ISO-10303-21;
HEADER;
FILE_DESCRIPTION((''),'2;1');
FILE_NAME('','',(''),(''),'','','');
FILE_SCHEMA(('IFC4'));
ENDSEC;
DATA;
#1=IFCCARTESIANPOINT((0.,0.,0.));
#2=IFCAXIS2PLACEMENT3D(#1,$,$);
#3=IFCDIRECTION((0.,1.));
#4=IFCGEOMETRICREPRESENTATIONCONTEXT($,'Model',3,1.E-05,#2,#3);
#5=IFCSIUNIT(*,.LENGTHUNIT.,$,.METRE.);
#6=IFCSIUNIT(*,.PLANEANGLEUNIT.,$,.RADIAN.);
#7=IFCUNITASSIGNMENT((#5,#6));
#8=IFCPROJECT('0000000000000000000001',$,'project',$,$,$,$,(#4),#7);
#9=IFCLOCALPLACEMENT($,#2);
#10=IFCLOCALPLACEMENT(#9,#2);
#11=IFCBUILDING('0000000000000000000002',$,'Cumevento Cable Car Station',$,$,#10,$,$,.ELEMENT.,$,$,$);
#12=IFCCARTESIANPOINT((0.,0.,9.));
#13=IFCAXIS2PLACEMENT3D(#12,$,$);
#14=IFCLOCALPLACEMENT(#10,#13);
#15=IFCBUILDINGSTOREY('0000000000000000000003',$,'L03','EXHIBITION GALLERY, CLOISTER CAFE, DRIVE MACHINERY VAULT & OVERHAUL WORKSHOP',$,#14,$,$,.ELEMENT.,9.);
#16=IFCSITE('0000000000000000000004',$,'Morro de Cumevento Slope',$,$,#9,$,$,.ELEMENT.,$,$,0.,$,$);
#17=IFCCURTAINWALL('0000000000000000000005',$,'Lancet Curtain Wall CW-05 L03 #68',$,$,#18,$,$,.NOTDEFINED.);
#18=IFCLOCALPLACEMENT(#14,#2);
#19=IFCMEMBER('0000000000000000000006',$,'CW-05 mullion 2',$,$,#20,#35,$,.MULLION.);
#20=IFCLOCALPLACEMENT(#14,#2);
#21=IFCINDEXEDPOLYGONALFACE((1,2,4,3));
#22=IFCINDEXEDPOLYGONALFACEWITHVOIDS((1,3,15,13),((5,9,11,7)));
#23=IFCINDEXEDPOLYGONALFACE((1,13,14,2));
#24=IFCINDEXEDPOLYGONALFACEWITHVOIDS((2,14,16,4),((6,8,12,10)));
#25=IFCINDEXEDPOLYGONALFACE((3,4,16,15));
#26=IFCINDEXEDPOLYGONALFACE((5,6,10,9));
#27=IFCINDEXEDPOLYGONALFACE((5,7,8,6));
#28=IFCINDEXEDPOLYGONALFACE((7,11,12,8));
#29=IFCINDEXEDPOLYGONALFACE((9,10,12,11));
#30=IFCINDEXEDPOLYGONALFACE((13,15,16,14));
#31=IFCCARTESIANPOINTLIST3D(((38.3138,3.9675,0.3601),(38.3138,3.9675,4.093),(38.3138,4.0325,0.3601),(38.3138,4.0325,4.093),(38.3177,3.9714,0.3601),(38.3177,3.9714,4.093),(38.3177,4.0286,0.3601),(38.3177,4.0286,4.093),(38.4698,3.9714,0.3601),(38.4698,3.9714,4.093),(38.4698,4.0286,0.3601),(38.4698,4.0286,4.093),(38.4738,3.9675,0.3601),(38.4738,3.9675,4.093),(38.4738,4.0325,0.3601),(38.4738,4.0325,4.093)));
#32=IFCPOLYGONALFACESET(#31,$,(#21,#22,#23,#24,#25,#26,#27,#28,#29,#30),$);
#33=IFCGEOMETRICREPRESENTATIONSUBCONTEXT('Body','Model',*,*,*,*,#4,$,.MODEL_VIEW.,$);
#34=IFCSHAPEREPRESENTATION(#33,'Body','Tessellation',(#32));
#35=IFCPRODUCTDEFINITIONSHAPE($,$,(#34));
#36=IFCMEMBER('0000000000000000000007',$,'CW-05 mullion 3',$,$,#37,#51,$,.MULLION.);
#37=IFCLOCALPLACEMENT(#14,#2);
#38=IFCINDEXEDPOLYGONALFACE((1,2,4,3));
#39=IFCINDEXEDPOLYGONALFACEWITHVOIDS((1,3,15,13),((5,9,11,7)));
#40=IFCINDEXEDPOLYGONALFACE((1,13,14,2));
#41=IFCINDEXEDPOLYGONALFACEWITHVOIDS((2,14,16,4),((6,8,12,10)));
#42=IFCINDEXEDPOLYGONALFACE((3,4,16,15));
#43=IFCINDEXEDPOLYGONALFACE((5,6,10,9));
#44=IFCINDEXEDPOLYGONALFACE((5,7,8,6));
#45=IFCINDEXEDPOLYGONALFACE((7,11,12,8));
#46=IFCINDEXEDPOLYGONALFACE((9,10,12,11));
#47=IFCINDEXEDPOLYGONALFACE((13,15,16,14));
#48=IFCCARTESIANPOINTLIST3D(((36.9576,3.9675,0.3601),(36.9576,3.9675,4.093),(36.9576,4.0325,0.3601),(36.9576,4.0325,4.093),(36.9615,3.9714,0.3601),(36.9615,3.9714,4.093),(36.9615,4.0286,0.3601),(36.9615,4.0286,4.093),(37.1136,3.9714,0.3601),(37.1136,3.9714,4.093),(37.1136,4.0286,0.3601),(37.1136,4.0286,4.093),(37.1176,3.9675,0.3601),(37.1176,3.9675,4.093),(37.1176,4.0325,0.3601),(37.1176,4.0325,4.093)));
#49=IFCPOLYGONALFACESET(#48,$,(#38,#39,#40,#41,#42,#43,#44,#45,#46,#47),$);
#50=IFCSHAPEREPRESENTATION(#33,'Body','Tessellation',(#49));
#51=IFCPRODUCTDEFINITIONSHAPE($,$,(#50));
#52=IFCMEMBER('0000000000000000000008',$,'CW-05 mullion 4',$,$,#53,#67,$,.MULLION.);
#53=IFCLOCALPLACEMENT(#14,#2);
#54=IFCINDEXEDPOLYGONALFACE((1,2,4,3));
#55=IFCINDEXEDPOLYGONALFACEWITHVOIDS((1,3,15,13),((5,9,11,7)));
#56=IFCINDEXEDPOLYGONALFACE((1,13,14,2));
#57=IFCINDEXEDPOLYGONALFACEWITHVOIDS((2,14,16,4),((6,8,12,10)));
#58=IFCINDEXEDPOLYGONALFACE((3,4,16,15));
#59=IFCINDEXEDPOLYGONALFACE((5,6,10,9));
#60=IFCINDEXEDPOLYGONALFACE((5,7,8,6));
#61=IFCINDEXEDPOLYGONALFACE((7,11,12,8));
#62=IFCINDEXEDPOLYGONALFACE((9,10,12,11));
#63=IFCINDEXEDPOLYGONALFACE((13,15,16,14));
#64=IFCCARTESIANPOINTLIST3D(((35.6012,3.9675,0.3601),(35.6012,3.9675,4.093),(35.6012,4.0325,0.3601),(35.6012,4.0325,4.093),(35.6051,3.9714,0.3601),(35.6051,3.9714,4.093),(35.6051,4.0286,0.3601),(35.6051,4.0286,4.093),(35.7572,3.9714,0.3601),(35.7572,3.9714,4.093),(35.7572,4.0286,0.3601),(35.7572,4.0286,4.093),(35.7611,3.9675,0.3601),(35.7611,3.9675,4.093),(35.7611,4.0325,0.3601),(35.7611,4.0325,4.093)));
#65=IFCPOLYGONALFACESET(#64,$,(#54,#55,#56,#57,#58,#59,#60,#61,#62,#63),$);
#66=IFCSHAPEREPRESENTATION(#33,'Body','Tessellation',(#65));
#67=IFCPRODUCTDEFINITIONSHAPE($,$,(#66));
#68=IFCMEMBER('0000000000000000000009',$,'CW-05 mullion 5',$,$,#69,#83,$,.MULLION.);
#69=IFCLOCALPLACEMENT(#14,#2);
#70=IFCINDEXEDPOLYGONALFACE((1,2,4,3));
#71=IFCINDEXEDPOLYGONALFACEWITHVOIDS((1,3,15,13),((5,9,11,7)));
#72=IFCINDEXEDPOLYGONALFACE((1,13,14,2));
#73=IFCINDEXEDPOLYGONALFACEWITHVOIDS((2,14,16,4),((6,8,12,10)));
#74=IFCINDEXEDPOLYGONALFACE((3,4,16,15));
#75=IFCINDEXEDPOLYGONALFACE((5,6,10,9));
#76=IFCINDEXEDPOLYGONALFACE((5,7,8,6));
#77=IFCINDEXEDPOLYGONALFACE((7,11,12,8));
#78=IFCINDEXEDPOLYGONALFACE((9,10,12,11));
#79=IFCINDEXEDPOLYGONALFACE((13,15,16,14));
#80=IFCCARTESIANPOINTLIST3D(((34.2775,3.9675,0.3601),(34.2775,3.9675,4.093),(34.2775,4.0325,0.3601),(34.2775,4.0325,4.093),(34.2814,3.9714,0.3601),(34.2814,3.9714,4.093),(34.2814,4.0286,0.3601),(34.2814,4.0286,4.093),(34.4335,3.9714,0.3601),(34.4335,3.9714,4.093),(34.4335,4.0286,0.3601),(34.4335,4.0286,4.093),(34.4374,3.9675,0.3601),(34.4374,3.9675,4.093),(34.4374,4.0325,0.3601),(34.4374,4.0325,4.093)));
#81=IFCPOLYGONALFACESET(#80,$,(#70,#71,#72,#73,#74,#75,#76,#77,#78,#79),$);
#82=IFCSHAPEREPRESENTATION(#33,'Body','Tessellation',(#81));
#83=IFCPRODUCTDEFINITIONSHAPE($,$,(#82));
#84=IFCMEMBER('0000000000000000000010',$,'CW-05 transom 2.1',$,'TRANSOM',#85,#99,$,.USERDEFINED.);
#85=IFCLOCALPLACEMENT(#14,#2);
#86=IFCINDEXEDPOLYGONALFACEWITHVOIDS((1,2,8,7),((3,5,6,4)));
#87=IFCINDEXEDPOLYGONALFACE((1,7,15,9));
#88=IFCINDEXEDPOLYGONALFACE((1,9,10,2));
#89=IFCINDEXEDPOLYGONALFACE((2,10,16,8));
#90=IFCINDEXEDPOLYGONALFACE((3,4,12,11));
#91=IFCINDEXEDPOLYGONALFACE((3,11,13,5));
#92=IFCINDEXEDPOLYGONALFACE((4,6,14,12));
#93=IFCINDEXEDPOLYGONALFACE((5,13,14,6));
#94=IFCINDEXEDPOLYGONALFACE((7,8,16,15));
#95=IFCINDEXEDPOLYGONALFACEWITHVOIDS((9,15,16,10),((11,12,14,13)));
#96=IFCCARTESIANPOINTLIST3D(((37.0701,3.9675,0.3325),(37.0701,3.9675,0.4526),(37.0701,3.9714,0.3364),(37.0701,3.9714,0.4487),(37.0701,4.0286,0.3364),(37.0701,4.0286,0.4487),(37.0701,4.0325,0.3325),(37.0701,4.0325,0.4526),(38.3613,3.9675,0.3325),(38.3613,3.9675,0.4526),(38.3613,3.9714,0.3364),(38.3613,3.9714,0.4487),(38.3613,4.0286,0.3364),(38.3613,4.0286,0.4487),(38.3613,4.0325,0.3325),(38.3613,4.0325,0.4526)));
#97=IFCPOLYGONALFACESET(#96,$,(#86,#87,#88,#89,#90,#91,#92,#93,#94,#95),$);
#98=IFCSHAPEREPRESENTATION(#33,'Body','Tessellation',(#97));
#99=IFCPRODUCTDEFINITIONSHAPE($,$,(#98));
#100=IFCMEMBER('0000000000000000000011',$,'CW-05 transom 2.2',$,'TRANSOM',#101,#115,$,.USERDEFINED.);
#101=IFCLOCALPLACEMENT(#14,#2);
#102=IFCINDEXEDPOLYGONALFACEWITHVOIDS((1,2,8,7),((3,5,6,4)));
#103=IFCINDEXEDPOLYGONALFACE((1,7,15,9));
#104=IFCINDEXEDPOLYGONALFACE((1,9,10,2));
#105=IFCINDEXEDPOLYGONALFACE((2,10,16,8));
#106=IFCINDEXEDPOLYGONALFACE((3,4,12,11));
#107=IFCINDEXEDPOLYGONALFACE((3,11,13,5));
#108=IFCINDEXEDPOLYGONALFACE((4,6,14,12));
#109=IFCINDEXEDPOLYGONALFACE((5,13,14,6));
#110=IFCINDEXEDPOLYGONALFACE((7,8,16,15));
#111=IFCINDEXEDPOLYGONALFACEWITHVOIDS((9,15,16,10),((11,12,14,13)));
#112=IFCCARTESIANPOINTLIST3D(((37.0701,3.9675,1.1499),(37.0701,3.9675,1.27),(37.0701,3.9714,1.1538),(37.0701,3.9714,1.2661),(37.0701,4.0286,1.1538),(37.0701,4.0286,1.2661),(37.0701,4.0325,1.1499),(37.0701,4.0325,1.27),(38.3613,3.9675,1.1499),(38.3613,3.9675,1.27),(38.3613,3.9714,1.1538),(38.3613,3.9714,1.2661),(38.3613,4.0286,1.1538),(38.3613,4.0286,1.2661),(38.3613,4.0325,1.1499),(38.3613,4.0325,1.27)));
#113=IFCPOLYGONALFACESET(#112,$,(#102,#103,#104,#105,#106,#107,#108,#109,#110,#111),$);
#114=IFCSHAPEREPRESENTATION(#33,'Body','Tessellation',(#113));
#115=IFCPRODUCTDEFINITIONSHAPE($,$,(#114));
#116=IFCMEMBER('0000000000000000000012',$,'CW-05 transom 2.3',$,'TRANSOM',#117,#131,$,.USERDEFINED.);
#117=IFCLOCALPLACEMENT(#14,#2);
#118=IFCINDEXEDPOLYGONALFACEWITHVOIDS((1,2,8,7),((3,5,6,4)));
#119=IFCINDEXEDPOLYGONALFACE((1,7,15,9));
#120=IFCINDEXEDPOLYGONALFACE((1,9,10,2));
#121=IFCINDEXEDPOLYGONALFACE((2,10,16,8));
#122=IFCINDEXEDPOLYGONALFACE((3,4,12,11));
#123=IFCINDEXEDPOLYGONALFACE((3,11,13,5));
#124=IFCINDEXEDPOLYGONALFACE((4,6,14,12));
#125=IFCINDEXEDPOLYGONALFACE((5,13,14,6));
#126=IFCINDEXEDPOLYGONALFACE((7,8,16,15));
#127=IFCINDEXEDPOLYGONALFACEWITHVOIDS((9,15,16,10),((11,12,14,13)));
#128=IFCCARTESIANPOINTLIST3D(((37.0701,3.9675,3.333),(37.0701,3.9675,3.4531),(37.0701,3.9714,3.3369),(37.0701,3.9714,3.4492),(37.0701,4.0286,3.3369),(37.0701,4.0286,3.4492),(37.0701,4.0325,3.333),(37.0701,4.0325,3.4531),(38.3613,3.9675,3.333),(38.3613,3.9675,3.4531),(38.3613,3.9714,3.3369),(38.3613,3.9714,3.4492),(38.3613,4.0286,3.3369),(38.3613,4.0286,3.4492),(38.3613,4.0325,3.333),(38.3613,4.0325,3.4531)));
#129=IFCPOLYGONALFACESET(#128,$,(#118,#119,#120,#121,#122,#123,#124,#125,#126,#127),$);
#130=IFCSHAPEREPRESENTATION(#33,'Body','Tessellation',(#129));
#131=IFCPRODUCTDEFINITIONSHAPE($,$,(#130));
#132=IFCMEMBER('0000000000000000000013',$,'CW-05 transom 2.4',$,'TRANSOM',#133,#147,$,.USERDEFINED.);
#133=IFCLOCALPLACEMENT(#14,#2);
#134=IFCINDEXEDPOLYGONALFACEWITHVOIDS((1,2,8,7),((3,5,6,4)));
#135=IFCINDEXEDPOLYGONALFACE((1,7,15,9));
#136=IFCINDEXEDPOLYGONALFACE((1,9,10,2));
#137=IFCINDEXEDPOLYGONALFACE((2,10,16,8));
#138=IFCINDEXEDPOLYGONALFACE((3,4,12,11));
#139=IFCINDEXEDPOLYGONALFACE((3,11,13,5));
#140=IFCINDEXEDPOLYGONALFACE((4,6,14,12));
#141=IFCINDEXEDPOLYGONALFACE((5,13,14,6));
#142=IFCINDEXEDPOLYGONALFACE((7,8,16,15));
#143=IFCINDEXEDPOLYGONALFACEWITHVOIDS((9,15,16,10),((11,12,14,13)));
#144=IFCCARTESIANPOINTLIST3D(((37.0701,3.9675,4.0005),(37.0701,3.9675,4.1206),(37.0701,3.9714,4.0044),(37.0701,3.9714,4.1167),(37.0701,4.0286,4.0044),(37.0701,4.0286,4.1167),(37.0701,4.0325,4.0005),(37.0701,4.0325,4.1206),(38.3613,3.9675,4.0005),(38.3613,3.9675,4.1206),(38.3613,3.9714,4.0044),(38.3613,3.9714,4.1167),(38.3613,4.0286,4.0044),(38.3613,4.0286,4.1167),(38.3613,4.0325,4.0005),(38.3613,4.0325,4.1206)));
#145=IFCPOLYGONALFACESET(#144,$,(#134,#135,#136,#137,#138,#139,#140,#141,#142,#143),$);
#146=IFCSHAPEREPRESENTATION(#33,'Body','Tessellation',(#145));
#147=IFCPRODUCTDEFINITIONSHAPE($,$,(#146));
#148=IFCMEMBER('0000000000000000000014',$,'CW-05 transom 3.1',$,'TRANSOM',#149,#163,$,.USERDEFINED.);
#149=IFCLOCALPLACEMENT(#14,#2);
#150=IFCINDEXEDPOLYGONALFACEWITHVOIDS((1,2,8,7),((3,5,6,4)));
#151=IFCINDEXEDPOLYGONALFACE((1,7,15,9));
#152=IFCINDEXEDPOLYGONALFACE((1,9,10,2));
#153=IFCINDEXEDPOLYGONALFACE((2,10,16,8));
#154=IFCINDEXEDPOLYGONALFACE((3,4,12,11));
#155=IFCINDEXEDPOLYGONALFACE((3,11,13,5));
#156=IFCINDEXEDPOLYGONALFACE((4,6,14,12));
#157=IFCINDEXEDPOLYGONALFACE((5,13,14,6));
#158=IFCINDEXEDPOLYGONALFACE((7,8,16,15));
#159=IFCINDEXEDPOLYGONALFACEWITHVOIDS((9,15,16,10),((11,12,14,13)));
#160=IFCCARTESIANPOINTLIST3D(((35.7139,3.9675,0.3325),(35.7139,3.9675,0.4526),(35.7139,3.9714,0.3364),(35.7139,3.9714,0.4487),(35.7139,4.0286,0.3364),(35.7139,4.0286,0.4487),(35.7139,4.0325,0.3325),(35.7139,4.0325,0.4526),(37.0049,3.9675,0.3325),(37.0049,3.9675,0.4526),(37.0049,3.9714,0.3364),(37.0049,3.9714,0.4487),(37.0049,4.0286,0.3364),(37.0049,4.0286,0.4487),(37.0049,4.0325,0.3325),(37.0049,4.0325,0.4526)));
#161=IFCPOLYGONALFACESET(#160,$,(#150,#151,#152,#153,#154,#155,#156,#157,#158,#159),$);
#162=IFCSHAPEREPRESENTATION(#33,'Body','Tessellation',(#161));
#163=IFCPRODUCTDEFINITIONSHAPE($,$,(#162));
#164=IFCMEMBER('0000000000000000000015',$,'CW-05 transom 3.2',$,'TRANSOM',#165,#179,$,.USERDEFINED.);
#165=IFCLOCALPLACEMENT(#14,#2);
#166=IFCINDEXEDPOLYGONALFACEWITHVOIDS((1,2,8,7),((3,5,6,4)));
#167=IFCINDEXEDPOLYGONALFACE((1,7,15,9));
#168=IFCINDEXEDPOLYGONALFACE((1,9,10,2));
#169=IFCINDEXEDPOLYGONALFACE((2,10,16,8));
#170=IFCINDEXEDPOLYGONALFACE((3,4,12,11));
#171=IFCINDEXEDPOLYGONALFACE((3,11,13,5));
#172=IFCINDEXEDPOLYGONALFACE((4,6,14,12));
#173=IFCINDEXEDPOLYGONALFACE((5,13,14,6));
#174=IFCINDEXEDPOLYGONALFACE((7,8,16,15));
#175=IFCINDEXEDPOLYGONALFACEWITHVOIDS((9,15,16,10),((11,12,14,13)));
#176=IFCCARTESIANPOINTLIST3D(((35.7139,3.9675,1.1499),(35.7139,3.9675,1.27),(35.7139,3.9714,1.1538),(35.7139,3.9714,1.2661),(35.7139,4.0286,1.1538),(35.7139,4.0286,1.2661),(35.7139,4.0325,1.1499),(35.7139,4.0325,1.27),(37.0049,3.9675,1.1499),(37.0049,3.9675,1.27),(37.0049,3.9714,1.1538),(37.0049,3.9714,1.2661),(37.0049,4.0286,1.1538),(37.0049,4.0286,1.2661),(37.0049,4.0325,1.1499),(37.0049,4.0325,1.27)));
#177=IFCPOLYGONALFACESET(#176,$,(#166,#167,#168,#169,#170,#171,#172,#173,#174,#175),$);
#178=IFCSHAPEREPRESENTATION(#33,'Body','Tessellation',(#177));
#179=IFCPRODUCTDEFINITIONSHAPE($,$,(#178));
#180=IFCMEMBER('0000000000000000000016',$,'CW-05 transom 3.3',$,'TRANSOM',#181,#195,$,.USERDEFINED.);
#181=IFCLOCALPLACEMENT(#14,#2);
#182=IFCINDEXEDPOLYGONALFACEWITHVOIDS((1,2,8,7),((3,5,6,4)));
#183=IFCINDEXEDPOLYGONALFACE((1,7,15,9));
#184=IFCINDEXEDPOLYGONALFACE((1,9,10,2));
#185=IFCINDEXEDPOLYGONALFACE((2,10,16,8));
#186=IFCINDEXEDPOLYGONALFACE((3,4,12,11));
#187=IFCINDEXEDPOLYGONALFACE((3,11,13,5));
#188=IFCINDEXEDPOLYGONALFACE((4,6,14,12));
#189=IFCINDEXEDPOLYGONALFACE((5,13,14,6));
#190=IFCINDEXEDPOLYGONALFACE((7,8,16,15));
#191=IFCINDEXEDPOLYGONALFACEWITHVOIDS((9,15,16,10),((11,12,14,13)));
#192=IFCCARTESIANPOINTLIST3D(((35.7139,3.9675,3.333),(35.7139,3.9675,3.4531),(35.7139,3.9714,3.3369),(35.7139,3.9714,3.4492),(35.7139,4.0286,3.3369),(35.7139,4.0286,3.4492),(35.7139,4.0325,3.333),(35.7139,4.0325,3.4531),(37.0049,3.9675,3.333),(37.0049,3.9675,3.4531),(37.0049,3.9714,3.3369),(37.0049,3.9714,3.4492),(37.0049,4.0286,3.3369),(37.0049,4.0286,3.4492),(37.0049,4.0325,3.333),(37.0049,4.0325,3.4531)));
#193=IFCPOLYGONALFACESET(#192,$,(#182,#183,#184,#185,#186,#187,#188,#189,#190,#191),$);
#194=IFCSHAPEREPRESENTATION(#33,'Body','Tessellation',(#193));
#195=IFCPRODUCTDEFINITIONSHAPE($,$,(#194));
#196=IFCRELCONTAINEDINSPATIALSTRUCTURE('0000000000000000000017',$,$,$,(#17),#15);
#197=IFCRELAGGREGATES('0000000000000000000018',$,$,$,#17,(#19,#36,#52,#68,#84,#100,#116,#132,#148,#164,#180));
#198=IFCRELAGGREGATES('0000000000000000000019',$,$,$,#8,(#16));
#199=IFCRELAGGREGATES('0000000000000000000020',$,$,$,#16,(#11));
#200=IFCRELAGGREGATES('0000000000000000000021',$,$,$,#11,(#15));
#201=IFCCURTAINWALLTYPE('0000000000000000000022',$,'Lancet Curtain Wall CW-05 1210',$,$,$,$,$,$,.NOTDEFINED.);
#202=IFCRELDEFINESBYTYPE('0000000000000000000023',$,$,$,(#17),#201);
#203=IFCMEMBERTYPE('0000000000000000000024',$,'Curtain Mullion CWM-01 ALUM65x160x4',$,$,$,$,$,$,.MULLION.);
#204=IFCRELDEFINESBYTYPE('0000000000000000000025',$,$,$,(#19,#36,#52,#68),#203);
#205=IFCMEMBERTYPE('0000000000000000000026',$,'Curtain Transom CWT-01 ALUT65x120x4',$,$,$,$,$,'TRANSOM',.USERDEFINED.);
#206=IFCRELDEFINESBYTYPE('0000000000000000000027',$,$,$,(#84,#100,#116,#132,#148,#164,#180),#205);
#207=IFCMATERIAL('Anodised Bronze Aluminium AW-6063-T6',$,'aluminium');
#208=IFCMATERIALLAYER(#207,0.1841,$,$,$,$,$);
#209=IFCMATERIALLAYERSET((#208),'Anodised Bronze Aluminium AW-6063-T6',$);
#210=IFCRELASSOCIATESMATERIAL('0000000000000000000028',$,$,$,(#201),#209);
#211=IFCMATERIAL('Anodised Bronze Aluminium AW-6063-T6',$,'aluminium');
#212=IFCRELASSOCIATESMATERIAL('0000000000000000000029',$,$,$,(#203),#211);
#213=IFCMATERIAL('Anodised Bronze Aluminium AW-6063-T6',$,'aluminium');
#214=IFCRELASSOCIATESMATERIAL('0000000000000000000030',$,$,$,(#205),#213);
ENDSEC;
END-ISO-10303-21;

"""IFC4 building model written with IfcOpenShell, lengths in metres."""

from ifc_helpers import new_model, si_unit, direction, frame, origin, origin_2d, place, context, subcontext, project, spatial, hollow_rectangle, extrude, material, layer, layer_set, material_profile, profile_set, type_object, element, aggregate, save


model = new_model("IFC4")

# Units and contexts
model_context = context("Model", 3, precision=1e-05, world=origin(), true_north=direction((0.0, 1.0)))
body_context = subcontext(model_context, "Body", "Model", "MODEL_VIEW")
ifc_project = project(units=[si_unit("LENGTHUNIT", "METRE"), si_unit("PLANEANGLEUNIT", "RADIAN")], contexts=[model_context])

# Site, building, storey
site_placement = place(None, origin())
site = spatial("IfcSite", under=ifc_project, at=site_placement, Name="Morro de Cumevento Slope", CompositionType="ELEMENT", RefElevation=0.0)
building_placement = place(site_placement, origin())
building = spatial("IfcBuilding", under=site, at=building_placement, Name="Cumevento Cable Car Station", CompositionType="ELEMENT")
storey_placement = place(building_placement, frame((0.0, 0.0, 9.0)))
storey = spatial("IfcBuildingStorey", under=building, at=storey_placement, Name="L03", Description="EXHIBITION GALLERY, CLOISTER CAFE, DRIVE MACHINERY VAULT & OVERHAUL WORKSHOP", CompositionType="ELEMENT", Elevation=9.0)

# Curtain wall, members
ifc_material_1 = material(Name="Anodised Bronze Aluminium AW-6063-T6", Category="aluminium")
ifc_layer_1 = layer(ifc_material_1, 0.1841)
ifc_layer_set_1 = layer_set([ifc_layer_1], Name="Anodised Bronze Aluminium AW-6063-T6")
curtain_wall_type = type_object("IfcCurtainWallType", Name="Lancet Curtain Wall CW-05 1210", PredefinedType="NOTDEFINED", material=ifc_layer_set_1)
curtain_wall_placement = place(storey_placement, origin())
curtain_wall = element("IfcCurtainWall", 1, at=curtain_wall_placement, inside=storey, type_object=curtain_wall_type, Name="Lancet Curtain Wall CW-05 L03 #68", PredefinedType="NOTDEFINED")
ifc_material_2 = material(Name="Anodised Bronze Aluminium AW-6063-T6", Category="aluminium")
ifc_material_profile_1 = material_profile(ifc_material_2, hollow_rectangle(XDim=0.0649, YDim=0.1599, WallThickness=0.0039, at=origin_2d()), Name="ALUM65x160x4")
ifc_profile_set_1 = profile_set([ifc_material_profile_1], Name="Anodised Bronze Aluminium AW-6063-T6")
member_type_1 = type_object("IfcMemberType", Name="Curtain Mullion CWM-01 ALUM65x160x4", PredefinedType="MULLION", material=ifc_profile_set_1)
member_1_placement = place(storey_placement, frame((38.3938, 4.0, 0.3601), z_axis=(0.0, 0.0, 1.0), x_axis=(0.0, -1.0, 0.0)))
member_1 = element("IfcMember", 2, at=member_1_placement, type_object=member_type_1, Name="CW-05 mullion 2", PredefinedType="MULLION", context=body_context, shape_type="SweptSolid", body=[
    extrude(hollow_rectangle(XDim=0.0649, YDim=0.1599, WallThickness=0.0039, at=origin_2d()), origin(), (0.0, 0.0, 1.0), 3.7329),
])
member_2_placement = place(storey_placement, frame((37.0376, 4.0, 0.3601), z_axis=(0.0, 0.0, 1.0), x_axis=(0.0, -1.0, 0.0)))
member_2 = element("IfcMember", 3, at=member_2_placement, type_object=member_type_1, Name="CW-05 mullion 3", PredefinedType="MULLION", context=body_context, shape_type="SweptSolid", body=[
    extrude(hollow_rectangle(XDim=0.0649, YDim=0.1599, WallThickness=0.0039, at=origin_2d()), origin(), (0.0, 0.0, 1.0), 3.7329),
])
member_3_placement = place(storey_placement, frame((35.6812, 4.0, 0.3601), z_axis=(0.0, 0.0, 1.0), x_axis=(0.0, -1.0, 0.0)))
member_3 = element("IfcMember", 4, at=member_3_placement, type_object=member_type_1, Name="CW-05 mullion 4", PredefinedType="MULLION", context=body_context, shape_type="SweptSolid", body=[
    extrude(hollow_rectangle(XDim=0.0649, YDim=0.1599, WallThickness=0.0039, at=origin_2d()), origin(), (0.0, 0.0, 1.0), 3.7329),
])
member_4_placement = place(storey_placement, frame((34.3574, 4.0, 0.3601), z_axis=(0.0, 0.0, 1.0), x_axis=(0.0, -1.0, 0.0)))
member_4 = element("IfcMember", 5, at=member_4_placement, type_object=member_type_1, Name="CW-05 mullion 5", PredefinedType="MULLION", context=body_context, shape_type="SweptSolid", body=[
    extrude(hollow_rectangle(XDim=0.0649, YDim=0.1599, WallThickness=0.0039, at=origin_2d()), origin(), (0.0, 0.0, 1.0), 3.7329),
])
ifc_material_3 = material(Name="Anodised Bronze Aluminium AW-6063-T6", Category="aluminium")
ifc_material_profile_2 = material_profile(ifc_material_3, hollow_rectangle(XDim=0.0649, YDim=0.1201, WallThickness=0.0039, at=origin_2d()), Name="ALUT65x120x4")
ifc_profile_set_2 = profile_set([ifc_material_profile_2], Name="Anodised Bronze Aluminium AW-6063-T6")
member_type_2 = type_object("IfcMemberType", Name="Curtain Transom CWT-01 ALUT65x120x4", ElementType="TRANSOM", PredefinedType="USERDEFINED", material=ifc_profile_set_2)
member_5_placement = place(storey_placement, frame((38.3613, 4.0, 0.3926), z_axis=(-1.0, 0.0, 0.0), x_axis=(0.0, -1.0, 0.0)))
member_5 = element("IfcMember", 6, at=member_5_placement, type_object=member_type_2, Name="CW-05 transom 2.1", ObjectType="TRANSOM", PredefinedType="USERDEFINED", context=body_context, shape_type="SweptSolid", body=[
    extrude(hollow_rectangle(XDim=0.0649, YDim=0.1201, WallThickness=0.0039, at=origin_2d()), origin(), (0.0, 0.0, 1.0), 1.2913),
])
member_6_placement = place(storey_placement, frame((38.3613, 4.0, 1.21), z_axis=(-1.0, 0.0, 0.0), x_axis=(0.0, -1.0, 0.0)))
member_6 = element("IfcMember", 7, at=member_6_placement, type_object=member_type_2, Name="CW-05 transom 2.2", ObjectType="TRANSOM", PredefinedType="USERDEFINED", context=body_context, shape_type="SweptSolid", body=[
    extrude(hollow_rectangle(XDim=0.0649, YDim=0.1201, WallThickness=0.0039, at=origin_2d()), origin(), (0.0, 0.0, 1.0), 1.2913),
])
member_7_placement = place(storey_placement, frame((38.3613, 4.0, 3.3931), z_axis=(-1.0, 0.0, 0.0), x_axis=(0.0, -1.0, 0.0)))
member_7 = element("IfcMember", 8, at=member_7_placement, type_object=member_type_2, Name="CW-05 transom 2.3", ObjectType="TRANSOM", PredefinedType="USERDEFINED", context=body_context, shape_type="SweptSolid", body=[
    extrude(hollow_rectangle(XDim=0.0649, YDim=0.1201, WallThickness=0.0039, at=origin_2d()), origin(), (0.0, 0.0, 1.0), 1.2913),
])
member_8_placement = place(storey_placement, frame((38.3613, 4.0, 4.0605), z_axis=(-1.0, 0.0, 0.0), x_axis=(0.0, -1.0, 0.0)))
member_8 = element("IfcMember", 9, at=member_8_placement, type_object=member_type_2, Name="CW-05 transom 2.4", ObjectType="TRANSOM", PredefinedType="USERDEFINED", context=body_context, shape_type="SweptSolid", body=[
    extrude(hollow_rectangle(XDim=0.0649, YDim=0.1201, WallThickness=0.0039, at=origin_2d()), origin(), (0.0, 0.0, 1.0), 1.2913),
])
member_9_placement = place(storey_placement, frame((37.0049, 4.0, 0.3926), z_axis=(-1.0, 0.0, 0.0), x_axis=(0.0, -1.0, 0.0)))
member_9 = element("IfcMember", 10, at=member_9_placement, type_object=member_type_2, Name="CW-05 transom 3.1", ObjectType="TRANSOM", PredefinedType="USERDEFINED", context=body_context, shape_type="SweptSolid", body=[
    extrude(hollow_rectangle(XDim=0.0649, YDim=0.1201, WallThickness=0.0039, at=origin_2d()), origin(), (0.0, 0.0, 1.0), 1.291),
])
member_10_placement = place(storey_placement, frame((37.0049, 4.0, 1.21), z_axis=(-1.0, 0.0, 0.0), x_axis=(0.0, -1.0, 0.0)))
member_10 = element("IfcMember", 11, at=member_10_placement, type_object=member_type_2, Name="CW-05 transom 3.2", ObjectType="TRANSOM", PredefinedType="USERDEFINED", context=body_context, shape_type="SweptSolid", body=[
    extrude(hollow_rectangle(XDim=0.0649, YDim=0.1201, WallThickness=0.0039, at=origin_2d()), origin(), (0.0, 0.0, 1.0), 1.291),
])
member_11_placement = place(storey_placement, frame((37.0049, 4.0, 3.3931), z_axis=(-1.0, 0.0, 0.0), x_axis=(0.0, -1.0, 0.0)))
member_11 = element("IfcMember", 12, at=member_11_placement, type_object=member_type_2, Name="CW-05 transom 3.3", ObjectType="TRANSOM", PredefinedType="USERDEFINED", context=body_context, shape_type="SweptSolid", body=[
    extrude(hollow_rectangle(XDim=0.0649, YDim=0.1201, WallThickness=0.0039, at=origin_2d()), origin(), (0.0, 0.0, 1.0), 1.291),
])

aggregate(curtain_wall, [member_1, member_2, member_3, member_4, member_5, member_6, member_7, member_8, member_9, member_10, member_11])

save(model, "model.ifc")
